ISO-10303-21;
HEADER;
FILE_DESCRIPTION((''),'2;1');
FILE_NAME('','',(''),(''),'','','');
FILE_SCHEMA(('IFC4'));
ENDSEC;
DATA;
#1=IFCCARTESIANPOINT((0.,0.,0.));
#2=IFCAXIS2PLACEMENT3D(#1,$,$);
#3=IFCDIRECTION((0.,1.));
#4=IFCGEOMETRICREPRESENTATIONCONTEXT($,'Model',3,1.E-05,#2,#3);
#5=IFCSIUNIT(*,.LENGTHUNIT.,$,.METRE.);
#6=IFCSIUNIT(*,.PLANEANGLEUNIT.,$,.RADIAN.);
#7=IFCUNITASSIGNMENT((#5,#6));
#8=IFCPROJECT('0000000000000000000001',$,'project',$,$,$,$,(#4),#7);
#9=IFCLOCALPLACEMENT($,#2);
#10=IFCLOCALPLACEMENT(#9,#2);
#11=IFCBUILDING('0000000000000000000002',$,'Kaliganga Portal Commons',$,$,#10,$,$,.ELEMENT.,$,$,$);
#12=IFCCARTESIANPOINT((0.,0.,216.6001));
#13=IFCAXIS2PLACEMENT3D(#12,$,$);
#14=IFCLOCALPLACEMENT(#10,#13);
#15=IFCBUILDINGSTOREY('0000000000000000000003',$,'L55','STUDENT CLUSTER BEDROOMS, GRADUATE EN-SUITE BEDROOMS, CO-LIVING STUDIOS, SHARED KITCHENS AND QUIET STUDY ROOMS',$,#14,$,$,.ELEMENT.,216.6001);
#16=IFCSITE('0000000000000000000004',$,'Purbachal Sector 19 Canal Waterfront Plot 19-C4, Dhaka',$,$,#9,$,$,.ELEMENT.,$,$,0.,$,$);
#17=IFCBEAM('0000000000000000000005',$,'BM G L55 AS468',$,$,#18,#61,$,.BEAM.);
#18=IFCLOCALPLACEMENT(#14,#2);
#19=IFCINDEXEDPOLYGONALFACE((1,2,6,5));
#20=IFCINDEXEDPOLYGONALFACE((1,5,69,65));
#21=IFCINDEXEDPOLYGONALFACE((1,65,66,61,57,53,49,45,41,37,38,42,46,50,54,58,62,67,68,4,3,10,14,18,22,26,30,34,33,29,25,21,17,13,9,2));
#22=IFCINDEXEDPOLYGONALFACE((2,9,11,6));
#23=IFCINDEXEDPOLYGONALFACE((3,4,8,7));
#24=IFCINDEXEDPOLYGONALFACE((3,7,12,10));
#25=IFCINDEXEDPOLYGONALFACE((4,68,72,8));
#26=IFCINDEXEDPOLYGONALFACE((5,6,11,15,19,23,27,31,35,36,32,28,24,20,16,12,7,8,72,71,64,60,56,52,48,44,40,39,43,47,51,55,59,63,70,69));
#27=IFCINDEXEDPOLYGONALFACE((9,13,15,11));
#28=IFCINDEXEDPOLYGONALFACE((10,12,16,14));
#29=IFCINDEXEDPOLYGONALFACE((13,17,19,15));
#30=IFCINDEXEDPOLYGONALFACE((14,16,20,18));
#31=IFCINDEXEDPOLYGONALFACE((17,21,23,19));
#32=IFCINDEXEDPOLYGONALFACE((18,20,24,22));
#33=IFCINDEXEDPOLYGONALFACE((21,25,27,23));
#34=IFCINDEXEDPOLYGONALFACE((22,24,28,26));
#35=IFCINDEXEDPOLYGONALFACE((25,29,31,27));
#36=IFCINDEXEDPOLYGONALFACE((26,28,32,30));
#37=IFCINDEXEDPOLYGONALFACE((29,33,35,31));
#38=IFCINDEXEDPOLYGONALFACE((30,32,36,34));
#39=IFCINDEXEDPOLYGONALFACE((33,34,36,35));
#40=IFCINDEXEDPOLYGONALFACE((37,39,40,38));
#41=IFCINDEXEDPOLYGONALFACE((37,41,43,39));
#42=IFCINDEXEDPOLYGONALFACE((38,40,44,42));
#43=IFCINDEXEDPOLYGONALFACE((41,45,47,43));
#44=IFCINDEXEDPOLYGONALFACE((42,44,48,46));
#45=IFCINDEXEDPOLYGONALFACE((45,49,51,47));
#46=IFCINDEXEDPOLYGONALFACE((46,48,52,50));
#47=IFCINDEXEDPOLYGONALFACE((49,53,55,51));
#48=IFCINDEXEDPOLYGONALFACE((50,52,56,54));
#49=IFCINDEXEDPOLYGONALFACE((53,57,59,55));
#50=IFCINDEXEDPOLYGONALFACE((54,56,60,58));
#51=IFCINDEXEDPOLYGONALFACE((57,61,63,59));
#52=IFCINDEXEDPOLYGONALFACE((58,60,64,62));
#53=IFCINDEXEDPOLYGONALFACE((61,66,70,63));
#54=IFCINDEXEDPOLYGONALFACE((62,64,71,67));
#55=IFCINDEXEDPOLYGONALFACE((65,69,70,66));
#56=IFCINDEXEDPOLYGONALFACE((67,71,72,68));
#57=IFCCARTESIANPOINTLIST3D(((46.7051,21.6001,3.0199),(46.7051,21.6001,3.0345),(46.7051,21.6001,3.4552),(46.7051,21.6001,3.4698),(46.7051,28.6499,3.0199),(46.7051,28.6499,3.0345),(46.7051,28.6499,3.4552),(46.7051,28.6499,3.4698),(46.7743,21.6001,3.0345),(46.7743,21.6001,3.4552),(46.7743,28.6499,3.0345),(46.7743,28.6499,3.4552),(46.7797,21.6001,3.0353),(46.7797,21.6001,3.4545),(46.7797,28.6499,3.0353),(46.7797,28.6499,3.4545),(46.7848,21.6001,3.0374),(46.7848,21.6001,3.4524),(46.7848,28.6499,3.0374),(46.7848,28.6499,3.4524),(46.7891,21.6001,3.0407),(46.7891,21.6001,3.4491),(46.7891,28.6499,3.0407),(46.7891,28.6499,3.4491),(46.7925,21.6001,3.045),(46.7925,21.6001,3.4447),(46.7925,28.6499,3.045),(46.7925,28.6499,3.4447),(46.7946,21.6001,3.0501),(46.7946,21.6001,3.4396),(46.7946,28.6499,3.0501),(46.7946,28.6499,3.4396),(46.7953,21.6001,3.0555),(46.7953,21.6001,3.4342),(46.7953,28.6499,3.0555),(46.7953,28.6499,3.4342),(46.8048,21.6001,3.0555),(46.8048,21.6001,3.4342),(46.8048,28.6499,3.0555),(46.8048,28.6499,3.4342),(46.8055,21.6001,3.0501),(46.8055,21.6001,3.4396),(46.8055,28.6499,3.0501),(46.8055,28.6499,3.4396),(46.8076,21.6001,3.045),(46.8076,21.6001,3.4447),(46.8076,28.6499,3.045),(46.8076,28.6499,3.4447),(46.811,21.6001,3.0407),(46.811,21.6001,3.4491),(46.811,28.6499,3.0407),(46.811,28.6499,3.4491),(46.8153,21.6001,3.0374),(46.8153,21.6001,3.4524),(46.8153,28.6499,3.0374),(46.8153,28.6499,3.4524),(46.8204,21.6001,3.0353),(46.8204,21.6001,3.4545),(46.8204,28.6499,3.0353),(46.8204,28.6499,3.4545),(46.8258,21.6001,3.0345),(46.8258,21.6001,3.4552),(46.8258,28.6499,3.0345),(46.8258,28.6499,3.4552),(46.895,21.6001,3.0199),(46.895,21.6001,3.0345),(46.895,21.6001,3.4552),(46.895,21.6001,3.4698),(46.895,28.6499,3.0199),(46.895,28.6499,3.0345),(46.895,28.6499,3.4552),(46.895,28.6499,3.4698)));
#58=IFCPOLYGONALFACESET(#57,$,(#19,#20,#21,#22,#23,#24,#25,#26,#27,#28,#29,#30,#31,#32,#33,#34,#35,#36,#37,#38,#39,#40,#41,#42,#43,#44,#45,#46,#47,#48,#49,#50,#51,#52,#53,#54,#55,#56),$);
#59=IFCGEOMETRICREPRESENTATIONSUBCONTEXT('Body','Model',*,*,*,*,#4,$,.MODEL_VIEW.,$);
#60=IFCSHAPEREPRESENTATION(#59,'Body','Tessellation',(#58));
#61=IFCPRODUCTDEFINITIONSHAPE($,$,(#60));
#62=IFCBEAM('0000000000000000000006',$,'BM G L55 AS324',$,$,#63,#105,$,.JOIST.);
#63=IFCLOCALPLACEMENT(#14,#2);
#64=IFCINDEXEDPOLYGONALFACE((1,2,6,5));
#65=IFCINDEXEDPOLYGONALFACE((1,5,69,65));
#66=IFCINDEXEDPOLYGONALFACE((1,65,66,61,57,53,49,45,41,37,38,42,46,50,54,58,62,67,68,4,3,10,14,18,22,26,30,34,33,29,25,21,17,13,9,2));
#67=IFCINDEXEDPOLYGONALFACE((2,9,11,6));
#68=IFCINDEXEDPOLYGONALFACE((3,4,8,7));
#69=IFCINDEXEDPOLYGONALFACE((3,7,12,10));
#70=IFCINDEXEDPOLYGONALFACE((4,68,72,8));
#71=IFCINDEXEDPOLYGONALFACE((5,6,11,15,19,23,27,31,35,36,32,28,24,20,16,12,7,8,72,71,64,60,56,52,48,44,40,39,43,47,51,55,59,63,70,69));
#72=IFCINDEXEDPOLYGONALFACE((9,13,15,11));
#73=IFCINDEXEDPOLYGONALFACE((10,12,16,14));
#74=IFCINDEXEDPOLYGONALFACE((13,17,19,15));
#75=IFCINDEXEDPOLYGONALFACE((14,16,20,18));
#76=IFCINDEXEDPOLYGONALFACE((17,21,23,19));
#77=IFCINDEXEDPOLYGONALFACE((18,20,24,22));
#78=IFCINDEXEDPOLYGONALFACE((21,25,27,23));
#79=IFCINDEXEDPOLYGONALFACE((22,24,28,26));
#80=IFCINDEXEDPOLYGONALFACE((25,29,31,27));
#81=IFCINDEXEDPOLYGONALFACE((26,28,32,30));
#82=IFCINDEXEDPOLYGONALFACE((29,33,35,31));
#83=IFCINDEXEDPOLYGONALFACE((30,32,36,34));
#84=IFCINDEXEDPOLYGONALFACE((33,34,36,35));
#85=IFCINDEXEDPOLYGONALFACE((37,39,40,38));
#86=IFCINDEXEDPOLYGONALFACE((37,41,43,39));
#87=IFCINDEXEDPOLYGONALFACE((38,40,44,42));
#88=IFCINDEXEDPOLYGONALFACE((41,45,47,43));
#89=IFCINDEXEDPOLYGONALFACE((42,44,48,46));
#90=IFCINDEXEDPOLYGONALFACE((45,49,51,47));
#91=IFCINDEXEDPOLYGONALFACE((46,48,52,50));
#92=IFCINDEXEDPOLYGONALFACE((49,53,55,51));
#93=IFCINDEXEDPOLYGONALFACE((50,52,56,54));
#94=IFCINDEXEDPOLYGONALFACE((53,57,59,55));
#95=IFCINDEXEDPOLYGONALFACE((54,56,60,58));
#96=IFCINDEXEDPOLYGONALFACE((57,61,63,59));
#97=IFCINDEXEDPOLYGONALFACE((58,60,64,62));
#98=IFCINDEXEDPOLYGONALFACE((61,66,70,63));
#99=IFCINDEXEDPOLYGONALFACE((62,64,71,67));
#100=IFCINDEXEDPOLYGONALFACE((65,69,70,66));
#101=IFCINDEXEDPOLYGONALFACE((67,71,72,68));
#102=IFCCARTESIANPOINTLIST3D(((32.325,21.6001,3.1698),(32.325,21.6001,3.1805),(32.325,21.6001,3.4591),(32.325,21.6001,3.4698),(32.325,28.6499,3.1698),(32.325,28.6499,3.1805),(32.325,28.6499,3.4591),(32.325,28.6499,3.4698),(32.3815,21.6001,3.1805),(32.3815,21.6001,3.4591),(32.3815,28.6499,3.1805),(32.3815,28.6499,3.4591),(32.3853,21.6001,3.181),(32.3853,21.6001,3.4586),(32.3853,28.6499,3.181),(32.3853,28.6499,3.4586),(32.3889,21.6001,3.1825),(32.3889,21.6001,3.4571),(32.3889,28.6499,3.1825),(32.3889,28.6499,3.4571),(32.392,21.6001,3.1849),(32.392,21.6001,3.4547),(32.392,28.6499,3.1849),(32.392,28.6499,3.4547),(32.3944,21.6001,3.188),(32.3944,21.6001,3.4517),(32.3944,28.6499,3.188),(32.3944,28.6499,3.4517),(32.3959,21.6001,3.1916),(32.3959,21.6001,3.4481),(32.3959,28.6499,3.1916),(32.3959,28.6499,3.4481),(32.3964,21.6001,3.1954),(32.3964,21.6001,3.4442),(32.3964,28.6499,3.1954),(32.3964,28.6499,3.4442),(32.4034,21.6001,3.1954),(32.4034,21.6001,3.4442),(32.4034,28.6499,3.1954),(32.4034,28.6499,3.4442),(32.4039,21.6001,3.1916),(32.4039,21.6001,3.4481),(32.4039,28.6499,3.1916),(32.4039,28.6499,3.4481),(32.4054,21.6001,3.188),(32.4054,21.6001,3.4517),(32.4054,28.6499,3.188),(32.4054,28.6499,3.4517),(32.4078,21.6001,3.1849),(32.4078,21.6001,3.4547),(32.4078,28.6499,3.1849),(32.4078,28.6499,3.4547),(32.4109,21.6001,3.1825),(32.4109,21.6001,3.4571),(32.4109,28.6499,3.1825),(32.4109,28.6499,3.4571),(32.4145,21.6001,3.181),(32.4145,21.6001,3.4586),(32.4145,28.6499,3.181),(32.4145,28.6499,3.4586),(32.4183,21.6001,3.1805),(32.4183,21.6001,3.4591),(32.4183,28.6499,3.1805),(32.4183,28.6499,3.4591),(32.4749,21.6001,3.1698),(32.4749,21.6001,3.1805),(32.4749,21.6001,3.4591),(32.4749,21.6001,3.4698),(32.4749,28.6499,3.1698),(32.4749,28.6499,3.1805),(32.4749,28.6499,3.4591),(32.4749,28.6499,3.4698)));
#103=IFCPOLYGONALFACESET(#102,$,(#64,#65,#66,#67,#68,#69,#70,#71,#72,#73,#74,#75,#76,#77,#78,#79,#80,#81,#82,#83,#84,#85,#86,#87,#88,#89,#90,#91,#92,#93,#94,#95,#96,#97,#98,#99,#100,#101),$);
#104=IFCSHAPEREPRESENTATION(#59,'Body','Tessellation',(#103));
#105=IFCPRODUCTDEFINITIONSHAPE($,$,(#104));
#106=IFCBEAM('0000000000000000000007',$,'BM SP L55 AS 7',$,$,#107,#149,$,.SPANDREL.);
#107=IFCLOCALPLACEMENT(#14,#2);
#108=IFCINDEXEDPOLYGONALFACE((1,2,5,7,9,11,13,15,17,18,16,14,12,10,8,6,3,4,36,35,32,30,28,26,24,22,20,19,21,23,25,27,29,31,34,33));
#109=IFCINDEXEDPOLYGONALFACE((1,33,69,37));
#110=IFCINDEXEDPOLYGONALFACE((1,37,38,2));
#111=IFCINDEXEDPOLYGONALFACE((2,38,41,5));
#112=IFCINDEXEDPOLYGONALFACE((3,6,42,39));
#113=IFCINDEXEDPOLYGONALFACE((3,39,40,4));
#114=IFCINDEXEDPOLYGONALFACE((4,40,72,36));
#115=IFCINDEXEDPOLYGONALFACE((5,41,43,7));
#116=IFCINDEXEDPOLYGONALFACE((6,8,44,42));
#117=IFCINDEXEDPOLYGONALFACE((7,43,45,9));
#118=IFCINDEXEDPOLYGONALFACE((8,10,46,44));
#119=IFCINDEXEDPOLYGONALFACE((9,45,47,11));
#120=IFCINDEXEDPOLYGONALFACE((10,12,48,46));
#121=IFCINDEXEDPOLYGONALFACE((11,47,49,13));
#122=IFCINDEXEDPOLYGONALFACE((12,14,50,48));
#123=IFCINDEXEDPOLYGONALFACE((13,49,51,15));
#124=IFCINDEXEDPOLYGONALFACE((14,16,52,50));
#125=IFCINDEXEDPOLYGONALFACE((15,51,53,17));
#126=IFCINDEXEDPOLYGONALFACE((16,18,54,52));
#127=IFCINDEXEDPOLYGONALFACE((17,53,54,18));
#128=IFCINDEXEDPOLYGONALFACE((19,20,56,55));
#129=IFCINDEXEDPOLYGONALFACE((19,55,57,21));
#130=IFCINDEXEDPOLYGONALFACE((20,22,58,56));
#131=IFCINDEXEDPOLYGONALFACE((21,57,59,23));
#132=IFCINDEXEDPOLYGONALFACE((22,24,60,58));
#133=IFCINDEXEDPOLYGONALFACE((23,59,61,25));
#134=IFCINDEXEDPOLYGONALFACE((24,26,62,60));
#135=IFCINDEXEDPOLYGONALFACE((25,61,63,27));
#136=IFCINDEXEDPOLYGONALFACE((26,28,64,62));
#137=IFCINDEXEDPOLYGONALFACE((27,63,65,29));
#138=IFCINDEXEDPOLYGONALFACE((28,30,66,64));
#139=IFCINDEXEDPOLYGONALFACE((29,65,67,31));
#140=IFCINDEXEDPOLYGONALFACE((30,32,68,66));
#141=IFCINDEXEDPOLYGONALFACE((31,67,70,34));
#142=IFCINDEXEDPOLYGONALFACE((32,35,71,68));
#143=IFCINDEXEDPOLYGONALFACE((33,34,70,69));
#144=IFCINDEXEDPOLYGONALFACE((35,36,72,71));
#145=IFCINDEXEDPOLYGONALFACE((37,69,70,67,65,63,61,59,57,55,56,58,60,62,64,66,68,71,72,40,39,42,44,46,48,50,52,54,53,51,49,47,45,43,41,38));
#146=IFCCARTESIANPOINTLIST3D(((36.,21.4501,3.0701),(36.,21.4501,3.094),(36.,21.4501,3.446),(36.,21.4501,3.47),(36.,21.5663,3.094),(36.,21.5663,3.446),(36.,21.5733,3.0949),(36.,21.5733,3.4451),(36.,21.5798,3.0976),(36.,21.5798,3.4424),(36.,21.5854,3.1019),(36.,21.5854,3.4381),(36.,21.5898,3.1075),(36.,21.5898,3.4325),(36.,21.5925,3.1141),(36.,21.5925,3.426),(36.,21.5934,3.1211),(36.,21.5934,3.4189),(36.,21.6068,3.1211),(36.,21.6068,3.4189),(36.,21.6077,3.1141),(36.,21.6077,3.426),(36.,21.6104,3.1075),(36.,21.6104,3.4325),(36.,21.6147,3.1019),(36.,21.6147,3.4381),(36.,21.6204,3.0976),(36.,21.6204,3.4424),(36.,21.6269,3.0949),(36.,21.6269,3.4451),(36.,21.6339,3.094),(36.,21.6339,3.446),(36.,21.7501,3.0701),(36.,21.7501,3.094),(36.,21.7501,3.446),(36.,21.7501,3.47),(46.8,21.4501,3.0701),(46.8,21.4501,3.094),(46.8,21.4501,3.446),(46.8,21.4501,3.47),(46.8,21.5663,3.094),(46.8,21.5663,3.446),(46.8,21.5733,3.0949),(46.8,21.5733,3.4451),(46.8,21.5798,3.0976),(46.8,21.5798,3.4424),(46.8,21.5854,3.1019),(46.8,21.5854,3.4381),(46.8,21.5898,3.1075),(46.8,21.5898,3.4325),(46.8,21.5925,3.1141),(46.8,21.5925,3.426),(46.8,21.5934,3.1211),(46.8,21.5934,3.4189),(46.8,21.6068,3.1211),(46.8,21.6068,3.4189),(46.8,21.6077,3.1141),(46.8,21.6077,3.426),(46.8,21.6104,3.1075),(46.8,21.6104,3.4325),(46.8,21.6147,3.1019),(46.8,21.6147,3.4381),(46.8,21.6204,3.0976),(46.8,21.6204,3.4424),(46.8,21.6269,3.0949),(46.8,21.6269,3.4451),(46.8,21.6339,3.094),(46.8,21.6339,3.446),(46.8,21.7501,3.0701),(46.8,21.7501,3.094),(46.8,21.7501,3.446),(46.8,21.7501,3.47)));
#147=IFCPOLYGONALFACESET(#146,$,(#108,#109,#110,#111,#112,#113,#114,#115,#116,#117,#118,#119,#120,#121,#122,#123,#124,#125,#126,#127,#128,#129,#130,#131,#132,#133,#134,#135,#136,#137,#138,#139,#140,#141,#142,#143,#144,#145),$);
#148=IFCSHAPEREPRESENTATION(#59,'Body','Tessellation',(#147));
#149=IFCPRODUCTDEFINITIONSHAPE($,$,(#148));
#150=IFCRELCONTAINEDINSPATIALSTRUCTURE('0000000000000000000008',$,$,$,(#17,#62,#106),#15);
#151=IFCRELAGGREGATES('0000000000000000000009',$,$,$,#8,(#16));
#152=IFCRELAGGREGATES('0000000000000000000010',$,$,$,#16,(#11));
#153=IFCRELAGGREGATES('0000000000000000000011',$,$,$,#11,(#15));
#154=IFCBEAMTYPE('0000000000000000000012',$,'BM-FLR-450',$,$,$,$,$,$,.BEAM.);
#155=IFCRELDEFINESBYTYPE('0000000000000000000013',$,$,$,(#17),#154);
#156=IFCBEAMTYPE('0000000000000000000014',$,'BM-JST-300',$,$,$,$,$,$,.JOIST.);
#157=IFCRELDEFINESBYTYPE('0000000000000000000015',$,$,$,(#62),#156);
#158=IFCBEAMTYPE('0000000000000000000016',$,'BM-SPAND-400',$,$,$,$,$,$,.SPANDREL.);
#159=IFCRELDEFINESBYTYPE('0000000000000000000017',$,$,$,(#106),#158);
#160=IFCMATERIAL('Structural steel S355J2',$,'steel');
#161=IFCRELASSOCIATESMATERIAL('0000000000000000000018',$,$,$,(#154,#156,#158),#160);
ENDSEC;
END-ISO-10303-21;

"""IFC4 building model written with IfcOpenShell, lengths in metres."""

from ifc_helpers import new_model, si_unit, direction, frame, origin, origin_2d, place, context, subcontext, project, spatial, i_section, extrude, source, transform, mapped, material, material_profile, profile_set, type_object, element, save


model = new_model("IFC4")

# Units and contexts
model_context = context("Model", 3, precision=1e-05, world=origin(), true_north=direction((0.0, 1.0)))
body_context = subcontext(model_context, "Body", "Model", "MODEL_VIEW")
ifc_project = project(units=[si_unit("LENGTHUNIT", "METRE"), si_unit("PLANEANGLEUNIT", "RADIAN")], contexts=[model_context])

# Site, building, storey
site_placement = place(None, origin())
site = spatial("IfcSite", under=ifc_project, at=site_placement, Name="Purbachal Sector 19 Canal Waterfront Plot 19-C4, Dhaka", CompositionType="ELEMENT", RefElevation=0.0)
building_placement = place(site_placement, origin())
building = spatial("IfcBuilding", under=site, at=building_placement, Name="Kaliganga Portal Commons", CompositionType="ELEMENT")
storey_placement = place(building_placement, frame((0.0, 0.0, 216.6001)))
storey = spatial("IfcBuildingStorey", under=building, at=storey_placement, Name="L55", Description="STUDENT CLUSTER BEDROOMS, GRADUATE EN-SUITE BEDROOMS, CO-LIVING STUDIOS, SHARED KITCHENS AND QUIET STUDY ROOMS", CompositionType="ELEMENT", Elevation=216.6001)

# Beams
ifc_material_1 = material(Name="Structural steel S355J2", Category="steel")
ifc_material_profile_1 = material_profile(ifc_material_1, i_section(OverallWidth=0.1899, OverallDepth=0.45, WebThickness=0.0095, FlangeThickness=0.0146, FilletRadius=0.021, at=origin_2d()), Name="IPE 450")
ifc_profile_set_1 = profile_set([ifc_material_profile_1], Name="Structural steel S355J2 wide-flange")
beam_type_1 = type_object("IfcBeamType", Name="BM-FLR-450", PredefinedType="BEAM", material=ifc_profile_set_1)
shared_shape_1 = source(origin(), body_context, "Body", "SweptSolid", [
    extrude(i_section(OverallWidth=0.1899, OverallDepth=0.45, WebThickness=0.0095, FlangeThickness=0.0146, FilletRadius=0.021, at=origin_2d()), origin(), (0.0, 0.0, 1.0), 7.0498),
])
for number, where, z_axis, x_axis, name in (
    (1, (46.8, 21.6001, 3.2449), (0.0, 1.0, 0.0), (-1.0, 0.0, 0.0), "BM G L55 AS468"),
):
    element("IfcBeam", number, at=place(storey_placement, frame(where, z_axis=z_axis, x_axis=x_axis)), inside=storey, type_object=beam_type_1, Name=name, PredefinedType="BEAM", context=body_context, shape_type="MappedRepresentation", body=[
        mapped(shared_shape_1, transform((0.0, 0.0, 0.0), x_axis=(1.0, 0.0, 0.0), y_axis=(0.0, 1.0, 0.0), z_axis=(0.0, 0.0, 1.0), scale=1.0)),
    ])
ifc_material_profile_2 = material_profile(ifc_material_1, i_section(OverallWidth=0.1499, OverallDepth=0.3, WebThickness=0.0071, FlangeThickness=0.0107, FilletRadius=0.0149, at=origin_2d()), Name="IPE 300")
ifc_profile_set_2 = profile_set([ifc_material_profile_2], Name="Structural steel S355J2 wide-flange")
beam_type_2 = type_object("IfcBeamType", Name="BM-JST-300", PredefinedType="JOIST", material=ifc_profile_set_2)
shared_shape_2 = source(origin(), body_context, "Body", "SweptSolid", [
    extrude(i_section(OverallWidth=0.1499, OverallDepth=0.3, WebThickness=0.0071, FlangeThickness=0.0107, FilletRadius=0.0149, at=origin_2d()), origin(), (0.0, 0.0, 1.0), 7.0498),
])
beam_1_placement = place(storey_placement, frame((32.3999, 21.6001, 3.3198), z_axis=(0.0, 1.0, 0.0), x_axis=(-1.0, 0.0, 0.0)))
element("IfcBeam", 2, at=beam_1_placement, inside=storey, type_object=beam_type_2, Name="BM G L55 AS324", PredefinedType="JOIST", context=body_context, shape_type="MappedRepresentation", body=[
    mapped(shared_shape_2, transform((0.0, 0.0, 0.0), x_axis=(1.0, 0.0, 0.0), y_axis=(0.0, 1.0, 0.0), z_axis=(0.0, 0.0, 1.0), scale=1.0)),
])
ifc_material_profile_3 = material_profile(ifc_material_1, i_section(OverallWidth=0.3, OverallDepth=0.3999, WebThickness=0.0134, FlangeThickness=0.0239, FilletRadius=0.0271, at=origin_2d()), Name="HE 400 B")
ifc_profile_set_3 = profile_set([ifc_material_profile_3], Name="Structural steel S355J2 wide-flange")
beam_type_3 = type_object("IfcBeamType", Name="BM-SPAND-400", PredefinedType="SPANDREL", material=ifc_profile_set_3)
shared_shape_3 = source(origin(), body_context, "Body", "SweptSolid", [
    extrude(i_section(OverallWidth=0.3, OverallDepth=0.3999, WebThickness=0.0134, FlangeThickness=0.0239, FilletRadius=0.0271, at=origin_2d()), origin(), (0.0, 0.0, 1.0), 10.8),
])
beam_2_placement = place(storey_placement, frame((36.0, 21.6001, 3.27), z_axis=(1.0, 0.0, 0.0), x_axis=(0.0, 1.0, 0.0)))
element("IfcBeam", 3, at=beam_2_placement, inside=storey, type_object=beam_type_3, Name="BM SP L55 AS 7", PredefinedType="SPANDREL", context=body_context, shape_type="MappedRepresentation", body=[
    mapped(shared_shape_3, transform((0.0, 0.0, 0.0), x_axis=(1.0, 0.0, 0.0), y_axis=(0.0, 1.0, 0.0), z_axis=(0.0, 0.0, 1.0), scale=1.0)),
])

save(model, "model.ifc")
